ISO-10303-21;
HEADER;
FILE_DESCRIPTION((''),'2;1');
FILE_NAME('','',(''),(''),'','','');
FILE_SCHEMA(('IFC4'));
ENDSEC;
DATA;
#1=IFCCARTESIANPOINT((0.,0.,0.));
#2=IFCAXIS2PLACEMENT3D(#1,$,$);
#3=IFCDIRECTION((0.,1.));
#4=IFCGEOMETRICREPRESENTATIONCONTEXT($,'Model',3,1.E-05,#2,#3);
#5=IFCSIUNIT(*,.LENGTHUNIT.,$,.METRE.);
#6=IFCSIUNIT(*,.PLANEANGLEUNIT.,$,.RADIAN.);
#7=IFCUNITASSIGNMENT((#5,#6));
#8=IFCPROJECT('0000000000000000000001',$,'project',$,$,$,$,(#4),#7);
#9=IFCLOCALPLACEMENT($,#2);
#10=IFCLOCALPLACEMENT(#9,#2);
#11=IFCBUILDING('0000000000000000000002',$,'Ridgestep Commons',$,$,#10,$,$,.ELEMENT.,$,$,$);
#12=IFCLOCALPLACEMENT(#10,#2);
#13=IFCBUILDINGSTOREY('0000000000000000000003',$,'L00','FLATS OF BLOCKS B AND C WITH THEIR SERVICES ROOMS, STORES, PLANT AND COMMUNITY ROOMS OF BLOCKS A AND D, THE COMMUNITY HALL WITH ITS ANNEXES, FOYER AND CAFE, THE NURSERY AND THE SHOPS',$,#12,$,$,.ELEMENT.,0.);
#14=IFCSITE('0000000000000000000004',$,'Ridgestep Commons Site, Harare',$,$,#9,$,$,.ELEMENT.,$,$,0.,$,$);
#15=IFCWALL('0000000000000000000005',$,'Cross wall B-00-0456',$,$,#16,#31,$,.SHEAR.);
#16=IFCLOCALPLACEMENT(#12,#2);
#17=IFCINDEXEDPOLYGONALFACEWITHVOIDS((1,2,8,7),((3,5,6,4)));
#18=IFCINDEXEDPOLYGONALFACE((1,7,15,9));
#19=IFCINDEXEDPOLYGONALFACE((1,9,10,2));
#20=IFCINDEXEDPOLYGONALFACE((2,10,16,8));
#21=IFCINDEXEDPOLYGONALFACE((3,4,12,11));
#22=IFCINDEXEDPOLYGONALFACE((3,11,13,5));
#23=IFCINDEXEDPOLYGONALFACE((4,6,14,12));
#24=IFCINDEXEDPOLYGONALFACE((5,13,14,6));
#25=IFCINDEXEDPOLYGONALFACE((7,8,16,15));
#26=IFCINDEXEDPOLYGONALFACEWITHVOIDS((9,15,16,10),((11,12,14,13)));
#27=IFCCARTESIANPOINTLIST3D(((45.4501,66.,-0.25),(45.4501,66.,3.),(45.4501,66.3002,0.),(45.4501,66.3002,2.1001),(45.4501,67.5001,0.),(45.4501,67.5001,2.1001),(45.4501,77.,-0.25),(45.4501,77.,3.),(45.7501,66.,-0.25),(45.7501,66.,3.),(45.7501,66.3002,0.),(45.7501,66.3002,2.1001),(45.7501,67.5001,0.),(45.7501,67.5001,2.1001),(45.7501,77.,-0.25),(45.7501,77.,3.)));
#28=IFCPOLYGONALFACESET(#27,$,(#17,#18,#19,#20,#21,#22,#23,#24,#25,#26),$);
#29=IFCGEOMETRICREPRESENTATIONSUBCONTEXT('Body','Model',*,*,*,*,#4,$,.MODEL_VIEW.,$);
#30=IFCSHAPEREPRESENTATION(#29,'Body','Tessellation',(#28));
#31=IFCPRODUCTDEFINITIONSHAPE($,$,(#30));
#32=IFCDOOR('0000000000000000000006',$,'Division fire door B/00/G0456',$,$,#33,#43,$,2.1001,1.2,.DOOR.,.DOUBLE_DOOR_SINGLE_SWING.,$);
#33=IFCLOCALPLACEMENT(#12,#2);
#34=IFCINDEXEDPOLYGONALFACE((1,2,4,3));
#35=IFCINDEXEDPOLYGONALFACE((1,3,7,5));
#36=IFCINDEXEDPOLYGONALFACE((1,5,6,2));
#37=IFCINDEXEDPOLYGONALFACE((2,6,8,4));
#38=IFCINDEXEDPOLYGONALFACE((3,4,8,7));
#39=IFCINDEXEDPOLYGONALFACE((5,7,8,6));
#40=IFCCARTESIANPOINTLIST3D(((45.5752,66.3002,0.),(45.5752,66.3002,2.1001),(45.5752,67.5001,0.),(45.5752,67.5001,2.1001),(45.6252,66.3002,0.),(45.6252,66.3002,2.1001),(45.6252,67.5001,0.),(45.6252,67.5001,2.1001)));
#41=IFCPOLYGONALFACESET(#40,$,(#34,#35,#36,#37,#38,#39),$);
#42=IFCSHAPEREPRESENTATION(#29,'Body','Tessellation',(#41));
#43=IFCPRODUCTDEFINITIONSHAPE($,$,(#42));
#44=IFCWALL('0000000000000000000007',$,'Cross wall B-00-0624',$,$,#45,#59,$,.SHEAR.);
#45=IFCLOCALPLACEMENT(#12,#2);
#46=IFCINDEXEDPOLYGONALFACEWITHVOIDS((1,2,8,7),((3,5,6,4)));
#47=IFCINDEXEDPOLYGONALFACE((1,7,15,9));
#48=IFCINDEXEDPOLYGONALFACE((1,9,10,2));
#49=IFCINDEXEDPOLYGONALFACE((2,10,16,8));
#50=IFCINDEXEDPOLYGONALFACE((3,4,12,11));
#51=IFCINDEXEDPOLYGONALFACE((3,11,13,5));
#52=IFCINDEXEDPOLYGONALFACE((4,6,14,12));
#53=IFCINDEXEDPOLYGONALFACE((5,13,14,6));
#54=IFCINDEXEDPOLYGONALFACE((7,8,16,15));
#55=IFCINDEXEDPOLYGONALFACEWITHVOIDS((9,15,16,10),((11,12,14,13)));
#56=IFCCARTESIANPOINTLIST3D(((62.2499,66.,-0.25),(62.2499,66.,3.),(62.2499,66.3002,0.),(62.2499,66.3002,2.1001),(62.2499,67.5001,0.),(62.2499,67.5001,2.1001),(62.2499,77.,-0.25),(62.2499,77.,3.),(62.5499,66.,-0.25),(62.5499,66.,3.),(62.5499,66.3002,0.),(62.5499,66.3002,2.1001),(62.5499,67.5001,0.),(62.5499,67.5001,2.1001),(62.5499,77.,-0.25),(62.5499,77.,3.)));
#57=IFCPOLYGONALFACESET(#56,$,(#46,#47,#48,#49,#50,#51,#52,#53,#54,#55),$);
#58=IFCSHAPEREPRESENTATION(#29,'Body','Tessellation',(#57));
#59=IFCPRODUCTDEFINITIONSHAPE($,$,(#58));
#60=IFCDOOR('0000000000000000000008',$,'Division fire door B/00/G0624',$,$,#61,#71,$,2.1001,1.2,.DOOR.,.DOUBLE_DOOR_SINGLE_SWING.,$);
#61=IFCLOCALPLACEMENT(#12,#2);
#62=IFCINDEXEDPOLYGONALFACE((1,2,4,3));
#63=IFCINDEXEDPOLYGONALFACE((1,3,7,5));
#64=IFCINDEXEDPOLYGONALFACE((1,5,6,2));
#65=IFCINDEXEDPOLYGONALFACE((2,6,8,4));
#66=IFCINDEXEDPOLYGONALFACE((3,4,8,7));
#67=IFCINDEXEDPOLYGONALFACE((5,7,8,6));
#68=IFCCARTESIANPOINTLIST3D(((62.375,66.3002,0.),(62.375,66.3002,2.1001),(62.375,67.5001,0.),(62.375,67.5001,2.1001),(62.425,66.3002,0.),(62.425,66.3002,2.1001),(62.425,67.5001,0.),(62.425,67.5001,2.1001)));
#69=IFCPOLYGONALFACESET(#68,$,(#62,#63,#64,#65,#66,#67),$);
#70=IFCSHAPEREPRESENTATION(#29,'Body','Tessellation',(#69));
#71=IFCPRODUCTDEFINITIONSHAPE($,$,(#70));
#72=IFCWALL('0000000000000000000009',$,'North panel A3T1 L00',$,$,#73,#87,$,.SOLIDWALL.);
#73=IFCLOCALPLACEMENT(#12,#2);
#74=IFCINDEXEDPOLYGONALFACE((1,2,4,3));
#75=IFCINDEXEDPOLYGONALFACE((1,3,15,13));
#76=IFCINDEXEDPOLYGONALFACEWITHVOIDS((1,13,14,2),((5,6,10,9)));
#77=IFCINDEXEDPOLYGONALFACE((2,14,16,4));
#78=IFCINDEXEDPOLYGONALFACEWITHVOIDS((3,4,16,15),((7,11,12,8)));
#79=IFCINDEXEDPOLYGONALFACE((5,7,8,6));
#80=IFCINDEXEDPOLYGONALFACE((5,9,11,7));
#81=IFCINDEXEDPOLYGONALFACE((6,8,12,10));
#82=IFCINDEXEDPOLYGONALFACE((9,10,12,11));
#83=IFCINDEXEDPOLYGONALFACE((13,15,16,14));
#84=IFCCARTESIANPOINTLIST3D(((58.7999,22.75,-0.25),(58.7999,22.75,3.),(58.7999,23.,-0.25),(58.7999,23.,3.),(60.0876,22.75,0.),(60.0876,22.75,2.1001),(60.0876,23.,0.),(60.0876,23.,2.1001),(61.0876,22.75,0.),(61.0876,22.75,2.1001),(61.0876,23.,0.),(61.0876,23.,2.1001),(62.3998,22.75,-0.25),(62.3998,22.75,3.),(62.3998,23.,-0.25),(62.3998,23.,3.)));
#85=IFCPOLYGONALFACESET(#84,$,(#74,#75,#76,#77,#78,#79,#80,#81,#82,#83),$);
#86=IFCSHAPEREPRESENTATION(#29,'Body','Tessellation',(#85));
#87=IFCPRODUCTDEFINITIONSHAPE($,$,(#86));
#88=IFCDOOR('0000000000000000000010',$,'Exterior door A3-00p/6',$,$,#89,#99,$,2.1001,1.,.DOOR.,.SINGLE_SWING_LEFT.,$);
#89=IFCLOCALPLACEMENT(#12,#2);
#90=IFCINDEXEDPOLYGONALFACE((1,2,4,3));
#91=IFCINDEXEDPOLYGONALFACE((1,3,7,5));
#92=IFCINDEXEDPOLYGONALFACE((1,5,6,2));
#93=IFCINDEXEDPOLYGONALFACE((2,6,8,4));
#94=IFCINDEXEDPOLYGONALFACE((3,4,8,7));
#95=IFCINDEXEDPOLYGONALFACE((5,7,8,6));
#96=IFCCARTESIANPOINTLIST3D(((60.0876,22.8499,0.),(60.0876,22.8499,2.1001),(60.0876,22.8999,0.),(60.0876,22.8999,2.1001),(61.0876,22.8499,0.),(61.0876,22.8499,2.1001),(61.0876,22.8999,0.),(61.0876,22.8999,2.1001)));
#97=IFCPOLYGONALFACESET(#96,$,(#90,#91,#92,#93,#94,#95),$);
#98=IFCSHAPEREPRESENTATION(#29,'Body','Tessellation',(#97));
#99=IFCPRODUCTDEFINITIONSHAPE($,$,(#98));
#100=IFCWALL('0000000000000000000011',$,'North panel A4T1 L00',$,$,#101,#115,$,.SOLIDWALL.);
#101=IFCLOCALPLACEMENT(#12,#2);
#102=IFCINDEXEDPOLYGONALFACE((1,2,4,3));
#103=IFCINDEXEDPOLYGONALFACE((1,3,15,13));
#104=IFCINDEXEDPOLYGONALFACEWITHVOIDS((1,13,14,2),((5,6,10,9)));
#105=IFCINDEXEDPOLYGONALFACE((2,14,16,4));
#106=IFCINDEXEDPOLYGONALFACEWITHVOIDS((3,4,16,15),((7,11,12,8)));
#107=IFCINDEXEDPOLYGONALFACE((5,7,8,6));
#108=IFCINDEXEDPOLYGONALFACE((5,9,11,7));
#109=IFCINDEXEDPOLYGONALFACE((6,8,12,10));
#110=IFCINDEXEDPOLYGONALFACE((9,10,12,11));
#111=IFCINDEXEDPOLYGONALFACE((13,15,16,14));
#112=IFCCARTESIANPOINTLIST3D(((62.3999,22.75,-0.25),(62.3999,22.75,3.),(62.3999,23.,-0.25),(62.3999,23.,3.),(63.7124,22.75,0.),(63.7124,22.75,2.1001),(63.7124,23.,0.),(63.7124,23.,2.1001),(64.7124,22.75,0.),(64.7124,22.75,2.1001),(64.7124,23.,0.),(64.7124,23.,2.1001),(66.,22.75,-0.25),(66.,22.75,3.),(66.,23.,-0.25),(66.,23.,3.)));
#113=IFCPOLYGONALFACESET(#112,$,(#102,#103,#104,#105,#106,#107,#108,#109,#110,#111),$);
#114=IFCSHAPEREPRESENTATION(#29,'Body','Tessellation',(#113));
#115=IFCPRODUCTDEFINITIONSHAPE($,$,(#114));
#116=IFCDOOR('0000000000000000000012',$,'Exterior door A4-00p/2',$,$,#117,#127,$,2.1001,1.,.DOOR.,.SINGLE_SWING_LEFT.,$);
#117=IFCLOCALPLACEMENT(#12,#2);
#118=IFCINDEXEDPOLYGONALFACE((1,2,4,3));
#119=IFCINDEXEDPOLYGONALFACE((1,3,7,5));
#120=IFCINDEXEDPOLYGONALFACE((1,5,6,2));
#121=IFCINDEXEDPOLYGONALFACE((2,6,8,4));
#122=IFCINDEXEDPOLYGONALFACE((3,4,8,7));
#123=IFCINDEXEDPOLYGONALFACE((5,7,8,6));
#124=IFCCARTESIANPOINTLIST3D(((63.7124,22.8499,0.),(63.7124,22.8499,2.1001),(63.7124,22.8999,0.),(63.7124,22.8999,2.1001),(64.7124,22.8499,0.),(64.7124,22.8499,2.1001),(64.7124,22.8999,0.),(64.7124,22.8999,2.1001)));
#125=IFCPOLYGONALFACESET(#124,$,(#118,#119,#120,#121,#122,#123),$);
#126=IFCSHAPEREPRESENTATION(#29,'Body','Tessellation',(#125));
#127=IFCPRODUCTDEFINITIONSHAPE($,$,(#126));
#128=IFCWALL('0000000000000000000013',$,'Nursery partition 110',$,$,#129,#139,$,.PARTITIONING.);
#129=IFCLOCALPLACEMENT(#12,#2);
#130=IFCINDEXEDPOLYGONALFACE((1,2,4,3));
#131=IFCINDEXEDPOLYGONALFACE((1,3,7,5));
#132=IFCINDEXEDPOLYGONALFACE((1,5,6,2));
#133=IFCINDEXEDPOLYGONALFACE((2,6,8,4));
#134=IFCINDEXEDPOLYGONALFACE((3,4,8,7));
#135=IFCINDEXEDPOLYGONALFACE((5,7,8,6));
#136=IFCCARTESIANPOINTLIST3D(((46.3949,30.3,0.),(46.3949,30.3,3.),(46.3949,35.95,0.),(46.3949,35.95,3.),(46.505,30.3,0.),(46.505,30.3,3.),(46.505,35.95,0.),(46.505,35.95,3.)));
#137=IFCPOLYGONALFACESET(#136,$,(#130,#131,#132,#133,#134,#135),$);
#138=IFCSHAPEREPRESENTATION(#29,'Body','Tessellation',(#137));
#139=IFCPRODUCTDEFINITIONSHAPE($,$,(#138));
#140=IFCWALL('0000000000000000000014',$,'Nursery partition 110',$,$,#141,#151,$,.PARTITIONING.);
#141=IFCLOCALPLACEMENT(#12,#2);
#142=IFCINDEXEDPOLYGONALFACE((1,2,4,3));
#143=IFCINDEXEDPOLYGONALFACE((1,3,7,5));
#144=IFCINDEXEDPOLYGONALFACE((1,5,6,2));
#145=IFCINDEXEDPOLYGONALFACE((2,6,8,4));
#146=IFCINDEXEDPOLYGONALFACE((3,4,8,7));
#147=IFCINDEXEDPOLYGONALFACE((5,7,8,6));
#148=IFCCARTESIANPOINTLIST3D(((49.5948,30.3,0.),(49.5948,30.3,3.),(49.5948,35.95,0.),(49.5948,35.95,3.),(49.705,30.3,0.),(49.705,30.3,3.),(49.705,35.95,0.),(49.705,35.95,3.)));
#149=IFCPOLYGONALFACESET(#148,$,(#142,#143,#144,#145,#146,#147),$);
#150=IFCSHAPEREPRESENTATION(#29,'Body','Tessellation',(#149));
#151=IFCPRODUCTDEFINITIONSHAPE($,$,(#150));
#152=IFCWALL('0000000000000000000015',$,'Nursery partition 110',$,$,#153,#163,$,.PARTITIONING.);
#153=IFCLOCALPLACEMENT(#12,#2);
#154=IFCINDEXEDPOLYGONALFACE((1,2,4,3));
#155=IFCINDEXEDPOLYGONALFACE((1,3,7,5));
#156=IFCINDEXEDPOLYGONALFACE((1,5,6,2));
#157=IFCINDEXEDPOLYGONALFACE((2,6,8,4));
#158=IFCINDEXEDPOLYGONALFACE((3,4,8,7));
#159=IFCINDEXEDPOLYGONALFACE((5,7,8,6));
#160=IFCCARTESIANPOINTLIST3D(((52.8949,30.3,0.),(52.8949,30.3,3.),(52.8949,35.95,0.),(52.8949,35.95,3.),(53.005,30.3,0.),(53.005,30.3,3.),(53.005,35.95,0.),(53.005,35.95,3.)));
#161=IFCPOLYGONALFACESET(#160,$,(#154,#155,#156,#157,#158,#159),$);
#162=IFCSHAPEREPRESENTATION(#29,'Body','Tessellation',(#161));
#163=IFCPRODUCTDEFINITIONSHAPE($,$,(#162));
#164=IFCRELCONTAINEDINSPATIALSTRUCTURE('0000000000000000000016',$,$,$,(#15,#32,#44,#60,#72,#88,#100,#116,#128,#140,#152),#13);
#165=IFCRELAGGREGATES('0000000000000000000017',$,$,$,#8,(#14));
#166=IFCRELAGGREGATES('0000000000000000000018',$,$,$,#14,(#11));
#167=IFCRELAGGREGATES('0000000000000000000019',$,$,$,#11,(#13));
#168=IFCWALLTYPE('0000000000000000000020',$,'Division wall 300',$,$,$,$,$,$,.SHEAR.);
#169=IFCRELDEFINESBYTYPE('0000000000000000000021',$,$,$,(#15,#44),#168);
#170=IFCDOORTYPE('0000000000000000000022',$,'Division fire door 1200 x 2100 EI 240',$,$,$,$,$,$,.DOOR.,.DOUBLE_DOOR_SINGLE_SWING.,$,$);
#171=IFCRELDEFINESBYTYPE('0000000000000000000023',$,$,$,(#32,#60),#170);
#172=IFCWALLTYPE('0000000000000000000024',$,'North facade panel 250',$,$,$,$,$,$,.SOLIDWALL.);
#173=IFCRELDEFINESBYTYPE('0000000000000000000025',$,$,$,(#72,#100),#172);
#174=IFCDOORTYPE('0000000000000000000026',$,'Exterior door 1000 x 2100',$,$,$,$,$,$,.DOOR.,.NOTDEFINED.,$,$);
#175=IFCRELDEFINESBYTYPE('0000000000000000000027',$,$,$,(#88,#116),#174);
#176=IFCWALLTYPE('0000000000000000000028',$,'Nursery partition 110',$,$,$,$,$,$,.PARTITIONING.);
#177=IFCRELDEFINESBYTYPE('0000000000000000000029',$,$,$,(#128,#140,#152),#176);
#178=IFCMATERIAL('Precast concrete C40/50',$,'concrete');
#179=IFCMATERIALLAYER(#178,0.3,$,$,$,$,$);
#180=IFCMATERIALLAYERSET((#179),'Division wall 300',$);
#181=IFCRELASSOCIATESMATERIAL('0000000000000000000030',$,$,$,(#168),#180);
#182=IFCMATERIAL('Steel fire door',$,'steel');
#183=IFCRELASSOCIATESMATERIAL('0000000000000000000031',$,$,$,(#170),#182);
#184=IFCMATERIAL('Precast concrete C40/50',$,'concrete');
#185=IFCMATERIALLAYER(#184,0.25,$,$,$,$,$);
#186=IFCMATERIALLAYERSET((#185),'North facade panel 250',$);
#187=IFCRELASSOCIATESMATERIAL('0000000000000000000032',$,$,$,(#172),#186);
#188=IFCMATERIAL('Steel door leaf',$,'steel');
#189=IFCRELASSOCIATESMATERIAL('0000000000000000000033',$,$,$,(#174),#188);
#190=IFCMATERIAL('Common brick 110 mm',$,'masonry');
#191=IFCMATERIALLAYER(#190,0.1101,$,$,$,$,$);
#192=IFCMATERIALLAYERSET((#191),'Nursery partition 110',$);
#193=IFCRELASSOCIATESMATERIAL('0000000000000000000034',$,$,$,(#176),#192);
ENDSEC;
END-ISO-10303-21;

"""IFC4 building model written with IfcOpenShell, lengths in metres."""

from ifc_helpers import new_model, si_unit, direction, frame, frame_2d, origin, place, context, subcontext, project, spatial, rectangle, extrude, material, layer, layer_set, type_object, element, fill, save


model = new_model("IFC4")

# Units and contexts
model_context = context("Model", 3, precision=1e-05, world=origin(), true_north=direction((0.0, 1.0)))
body_context = subcontext(model_context, "Body", "Model", "MODEL_VIEW")
ifc_project = project(units=[si_unit("LENGTHUNIT", "METRE"), si_unit("PLANEANGLEUNIT", "RADIAN")], contexts=[model_context])

# Site, building, storey
site_placement = place(None, origin())
site = spatial("IfcSite", under=ifc_project, at=site_placement, Name="Ridgestep Commons Site, Harare", CompositionType="ELEMENT", RefElevation=0.0)
building_placement = place(site_placement, origin())
building = spatial("IfcBuilding", under=site, at=building_placement, Name="Ridgestep Commons", CompositionType="ELEMENT")
storey_placement = place(building_placement, origin())
storey = spatial("IfcBuildingStorey", under=building, at=storey_placement, Name="L00", Description="FLATS OF BLOCKS B AND C WITH THEIR SERVICES ROOMS, STORES, PLANT AND COMMUNITY ROOMS OF BLOCKS A AND D, THE COMMUNITY HALL WITH ITS ANNEXES, FOYER AND CAFE, THE NURSERY AND THE SHOPS", CompositionType="ELEMENT", Elevation=0.0)

# Walls, openings, doors
ifc_material_1 = material(Name="Precast concrete C40/50", Category="concrete")
ifc_layer_1 = layer(ifc_material_1, 0.3)
ifc_layer_set_1 = layer_set([ifc_layer_1], Name="Division wall 300")
wall_type_1 = type_object("IfcWallType", Name="Division wall 300", PredefinedType="SHEAR", material=ifc_layer_set_1)
wall_1_placement = place(storey_placement, frame((45.6001, 66.0, -0.25), z_axis=(0.0, 0.0, 1.0), x_axis=(0.0, 1.0, 0.0)))
wall_1 = element("IfcWall", 1, at=wall_1_placement, inside=storey, type_object=wall_type_1, Name="Cross wall B-00-0456", PredefinedType="SHEAR", context=body_context, shape_type="SweptSolid", body=[
    extrude(rectangle(XDim=11.0, YDim=0.3, at=frame_2d((5.5, 0.0))), origin(), (0.0, 0.0, 1.0), 3.25),
])
opening_1_placement = place(wall_1_placement, frame((0.3, 0.0, 0.25)))
opening_1 = element("IfcOpeningElement", 2, at=opening_1_placement, cuts=wall_1, PredefinedType="OPENING", context=body_context, shape_type="SweptSolid", body=[
    extrude(rectangle(XDim=1.2, YDim=2.1001, at=frame_2d((0.6001, 1.05))), frame((0.0, 0.1599, 0.0), z_axis=(0.0, -1.0, 0.0), x_axis=(1.0, 0.0, 0.0)), (0.0, 0.0, 1.0), 0.3201),
])
ifc_material_2 = material(Name="Steel fire door", Category="steel")
door_type_1 = type_object("IfcDoorType", Name="Division fire door 1200 x 2100 EI 240", OperationType="DOUBLE_DOOR_SINGLE_SWING", PredefinedType="DOOR", material=ifc_material_2)
door_1_placement = place(opening_1_placement, origin())
door_1 = element("IfcDoor", 3, at=door_1_placement, inside=storey, type_object=door_type_1, Name="Division fire door B/00/G0456", OperationType="DOUBLE_DOOR_SINGLE_SWING", OverallHeight=2.1001, OverallWidth=1.2, PredefinedType="DOOR", context=body_context, shape_type="SweptSolid", body=[
    extrude(rectangle(XDim=1.2, YDim=2.1001, at=frame_2d((0.6001, 1.05))), frame((0.0, 0.0249, 0.0), z_axis=(0.0, -1.0, 0.0), x_axis=(1.0, 0.0, 0.0)), (0.0, 0.0, 1.0), 0.05),
])
fill(opening_1, door_1)
wall_2_placement = place(storey_placement, frame((62.3999, 66.0, -0.25), z_axis=(0.0, 0.0, 1.0), x_axis=(0.0, 1.0, 0.0)))
wall_2 = element("IfcWall", 4, at=wall_2_placement, inside=storey, type_object=wall_type_1, Name="Cross wall B-00-0624", PredefinedType="SHEAR", context=body_context, shape_type="SweptSolid", body=[
    extrude(rectangle(XDim=11.0, YDim=0.3, at=frame_2d((5.5, 0.0))), origin(), (0.0, 0.0, 1.0), 3.25),
])
opening_2_placement = place(wall_2_placement, frame((0.3, 0.0, 0.25)))
opening_2 = element("IfcOpeningElement", 5, at=opening_2_placement, cuts=wall_2, PredefinedType="OPENING", context=body_context, shape_type="SweptSolid", body=[
    extrude(rectangle(XDim=1.2, YDim=2.1001, at=frame_2d((0.6001, 1.05))), frame((0.0, 0.1599, 0.0), z_axis=(0.0, -1.0, 0.0), x_axis=(1.0, 0.0, 0.0)), (0.0, 0.0, 1.0), 0.3201),
])
door_2_placement = place(opening_2_placement, origin())
door_2 = element("IfcDoor", 6, at=door_2_placement, inside=storey, type_object=door_type_1, Name="Division fire door B/00/G0624", OperationType="DOUBLE_DOOR_SINGLE_SWING", OverallHeight=2.1001, OverallWidth=1.2, PredefinedType="DOOR", context=body_context, shape_type="SweptSolid", body=[
    extrude(rectangle(XDim=1.2, YDim=2.1001, at=frame_2d((0.6001, 1.05))), frame((0.0, 0.0249, 0.0), z_axis=(0.0, -1.0, 0.0), x_axis=(1.0, 0.0, 0.0)), (0.0, 0.0, 1.0), 0.05),
])
fill(opening_2, door_2)
ifc_material_3 = material(Name="Precast concrete C40/50", Category="concrete")
ifc_layer_2 = layer(ifc_material_3, 0.25)
ifc_layer_set_2 = layer_set([ifc_layer_2], Name="North facade panel 250")
wall_type_2 = type_object("IfcWallType", Name="North facade panel 250", PredefinedType="SOLIDWALL", material=ifc_layer_set_2)
wall_3_placement = place(storey_placement, frame((58.8, 22.875, -0.25), z_axis=(0.0, 0.0, 1.0), x_axis=(1.0, 0.0, 0.0)))
wall_3 = element("IfcWall", 7, at=wall_3_placement, inside=storey, type_object=wall_type_2, Name="North panel A3T1 L00", PredefinedType="SOLIDWALL", context=body_context, shape_type="SweptSolid", body=[
    extrude(rectangle(XDim=3.5999, YDim=0.25, at=frame_2d((1.7998, 0.0))), origin(), (0.0, 0.0, 1.0), 3.25),
])
opening_3_placement = place(wall_3_placement, frame((1.2876, 0.0, 0.25)))
opening_3 = element("IfcOpeningElement", 8, at=opening_3_placement, cuts=wall_3, PredefinedType="OPENING", context=body_context, shape_type="SweptSolid", body=[
    extrude(rectangle(XDim=1.0, YDim=2.1001, at=frame_2d((0.5, 1.05))), frame((0.0, 0.135, 0.0), z_axis=(0.0, -1.0, 0.0), x_axis=(1.0, 0.0, 0.0)), (0.0, 0.0, 1.0), 0.27),
])
ifc_material_4 = material(Name="Steel door leaf", Category="steel")
door_type_2 = type_object("IfcDoorType", Name="Exterior door 1000 x 2100", OperationType="NOTDEFINED", PredefinedType="DOOR", material=ifc_material_4)
door_3_placement = place(opening_3_placement, origin())
door_3 = element("IfcDoor", 9, at=door_3_placement, inside=storey, type_object=door_type_2, Name="Exterior door A3-00p/6", OperationType="SINGLE_SWING_LEFT", OverallHeight=2.1001, OverallWidth=1.0, PredefinedType="DOOR", context=body_context, shape_type="SweptSolid", body=[
    extrude(rectangle(XDim=1.0, YDim=2.1001, at=frame_2d((0.5, 1.05))), frame((0.0, 0.0249, 0.0), z_axis=(0.0, -1.0, 0.0), x_axis=(1.0, 0.0, 0.0)), (0.0, 0.0, 1.0), 0.05),
])
fill(opening_3, door_3)
wall_4_placement = place(storey_placement, frame((62.3999, 22.875, -0.25), z_axis=(0.0, 0.0, 1.0), x_axis=(1.0, 0.0, 0.0)))
wall_4 = element("IfcWall", 10, at=wall_4_placement, inside=storey, type_object=wall_type_2, Name="North panel A4T1 L00", PredefinedType="SOLIDWALL", context=body_context, shape_type="SweptSolid", body=[
    extrude(rectangle(XDim=3.6001, YDim=0.25, at=frame_2d((1.8, 0.0))), origin(), (0.0, 0.0, 1.0), 3.25),
])
opening_4_placement = place(wall_4_placement, frame((1.3125, 0.0, 0.25)))
opening_4 = element("IfcOpeningElement", 11, at=opening_4_placement, cuts=wall_4, PredefinedType="OPENING", context=body_context, shape_type="SweptSolid", body=[
    extrude(rectangle(XDim=1.0, YDim=2.1001, at=frame_2d((0.5, 1.05))), frame((0.0, 0.135, 0.0), z_axis=(0.0, -1.0, 0.0), x_axis=(1.0, 0.0, 0.0)), (0.0, 0.0, 1.0), 0.27),
])
door_4_placement = place(opening_4_placement, origin())
door_4 = element("IfcDoor", 12, at=door_4_placement, inside=storey, type_object=door_type_2, Name="Exterior door A4-00p/2", OperationType="SINGLE_SWING_LEFT", OverallHeight=2.1001, OverallWidth=1.0, PredefinedType="DOOR", context=body_context, shape_type="SweptSolid", body=[
    extrude(rectangle(XDim=1.0, YDim=2.1001, at=frame_2d((0.5, 1.05))), frame((0.0, 0.0249, 0.0), z_axis=(0.0, -1.0, 0.0), x_axis=(1.0, 0.0, 0.0)), (0.0, 0.0, 1.0), 0.05),
])
fill(opening_4, door_4)

# Walls
ifc_material_5 = material(Name="Common brick 110 mm", Category="masonry")
ifc_layer_3 = layer(ifc_material_5, 0.1101)
ifc_layer_set_3 = layer_set([ifc_layer_3], Name="Nursery partition 110")
wall_type_3 = type_object("IfcWallType", Name="Nursery partition 110", PredefinedType="PARTITIONING", material=ifc_layer_set_3)
for number, where, z_axis, x_axis, name in (
    (13, (46.45, 30.3, 0.0), (0.0, 0.0, 1.0), (0.0, 1.0, 0.0), "Nursery partition 110"),
    (14, (49.6499, 30.3, 0.0), (0.0, 0.0, 1.0), (0.0, 1.0, 0.0), "Nursery partition 110"),
    (15, (52.95, 30.3, 0.0), (0.0, 0.0, 1.0), (0.0, 1.0, 0.0), "Nursery partition 110"),
):
    element("IfcWall", number, at=place(storey_placement, frame(where, z_axis=z_axis, x_axis=x_axis)), inside=storey, type_object=wall_type_3, Name=name, PredefinedType="PARTITIONING", context=body_context, shape_type="SweptSolid", body=[
        extrude(rectangle(XDim=5.6499, YDim=0.1101, at=frame_2d((2.825, 0.0))), origin(), (0.0, 0.0, 1.0), 3.0),
    ])

save(model, "model.ifc")
